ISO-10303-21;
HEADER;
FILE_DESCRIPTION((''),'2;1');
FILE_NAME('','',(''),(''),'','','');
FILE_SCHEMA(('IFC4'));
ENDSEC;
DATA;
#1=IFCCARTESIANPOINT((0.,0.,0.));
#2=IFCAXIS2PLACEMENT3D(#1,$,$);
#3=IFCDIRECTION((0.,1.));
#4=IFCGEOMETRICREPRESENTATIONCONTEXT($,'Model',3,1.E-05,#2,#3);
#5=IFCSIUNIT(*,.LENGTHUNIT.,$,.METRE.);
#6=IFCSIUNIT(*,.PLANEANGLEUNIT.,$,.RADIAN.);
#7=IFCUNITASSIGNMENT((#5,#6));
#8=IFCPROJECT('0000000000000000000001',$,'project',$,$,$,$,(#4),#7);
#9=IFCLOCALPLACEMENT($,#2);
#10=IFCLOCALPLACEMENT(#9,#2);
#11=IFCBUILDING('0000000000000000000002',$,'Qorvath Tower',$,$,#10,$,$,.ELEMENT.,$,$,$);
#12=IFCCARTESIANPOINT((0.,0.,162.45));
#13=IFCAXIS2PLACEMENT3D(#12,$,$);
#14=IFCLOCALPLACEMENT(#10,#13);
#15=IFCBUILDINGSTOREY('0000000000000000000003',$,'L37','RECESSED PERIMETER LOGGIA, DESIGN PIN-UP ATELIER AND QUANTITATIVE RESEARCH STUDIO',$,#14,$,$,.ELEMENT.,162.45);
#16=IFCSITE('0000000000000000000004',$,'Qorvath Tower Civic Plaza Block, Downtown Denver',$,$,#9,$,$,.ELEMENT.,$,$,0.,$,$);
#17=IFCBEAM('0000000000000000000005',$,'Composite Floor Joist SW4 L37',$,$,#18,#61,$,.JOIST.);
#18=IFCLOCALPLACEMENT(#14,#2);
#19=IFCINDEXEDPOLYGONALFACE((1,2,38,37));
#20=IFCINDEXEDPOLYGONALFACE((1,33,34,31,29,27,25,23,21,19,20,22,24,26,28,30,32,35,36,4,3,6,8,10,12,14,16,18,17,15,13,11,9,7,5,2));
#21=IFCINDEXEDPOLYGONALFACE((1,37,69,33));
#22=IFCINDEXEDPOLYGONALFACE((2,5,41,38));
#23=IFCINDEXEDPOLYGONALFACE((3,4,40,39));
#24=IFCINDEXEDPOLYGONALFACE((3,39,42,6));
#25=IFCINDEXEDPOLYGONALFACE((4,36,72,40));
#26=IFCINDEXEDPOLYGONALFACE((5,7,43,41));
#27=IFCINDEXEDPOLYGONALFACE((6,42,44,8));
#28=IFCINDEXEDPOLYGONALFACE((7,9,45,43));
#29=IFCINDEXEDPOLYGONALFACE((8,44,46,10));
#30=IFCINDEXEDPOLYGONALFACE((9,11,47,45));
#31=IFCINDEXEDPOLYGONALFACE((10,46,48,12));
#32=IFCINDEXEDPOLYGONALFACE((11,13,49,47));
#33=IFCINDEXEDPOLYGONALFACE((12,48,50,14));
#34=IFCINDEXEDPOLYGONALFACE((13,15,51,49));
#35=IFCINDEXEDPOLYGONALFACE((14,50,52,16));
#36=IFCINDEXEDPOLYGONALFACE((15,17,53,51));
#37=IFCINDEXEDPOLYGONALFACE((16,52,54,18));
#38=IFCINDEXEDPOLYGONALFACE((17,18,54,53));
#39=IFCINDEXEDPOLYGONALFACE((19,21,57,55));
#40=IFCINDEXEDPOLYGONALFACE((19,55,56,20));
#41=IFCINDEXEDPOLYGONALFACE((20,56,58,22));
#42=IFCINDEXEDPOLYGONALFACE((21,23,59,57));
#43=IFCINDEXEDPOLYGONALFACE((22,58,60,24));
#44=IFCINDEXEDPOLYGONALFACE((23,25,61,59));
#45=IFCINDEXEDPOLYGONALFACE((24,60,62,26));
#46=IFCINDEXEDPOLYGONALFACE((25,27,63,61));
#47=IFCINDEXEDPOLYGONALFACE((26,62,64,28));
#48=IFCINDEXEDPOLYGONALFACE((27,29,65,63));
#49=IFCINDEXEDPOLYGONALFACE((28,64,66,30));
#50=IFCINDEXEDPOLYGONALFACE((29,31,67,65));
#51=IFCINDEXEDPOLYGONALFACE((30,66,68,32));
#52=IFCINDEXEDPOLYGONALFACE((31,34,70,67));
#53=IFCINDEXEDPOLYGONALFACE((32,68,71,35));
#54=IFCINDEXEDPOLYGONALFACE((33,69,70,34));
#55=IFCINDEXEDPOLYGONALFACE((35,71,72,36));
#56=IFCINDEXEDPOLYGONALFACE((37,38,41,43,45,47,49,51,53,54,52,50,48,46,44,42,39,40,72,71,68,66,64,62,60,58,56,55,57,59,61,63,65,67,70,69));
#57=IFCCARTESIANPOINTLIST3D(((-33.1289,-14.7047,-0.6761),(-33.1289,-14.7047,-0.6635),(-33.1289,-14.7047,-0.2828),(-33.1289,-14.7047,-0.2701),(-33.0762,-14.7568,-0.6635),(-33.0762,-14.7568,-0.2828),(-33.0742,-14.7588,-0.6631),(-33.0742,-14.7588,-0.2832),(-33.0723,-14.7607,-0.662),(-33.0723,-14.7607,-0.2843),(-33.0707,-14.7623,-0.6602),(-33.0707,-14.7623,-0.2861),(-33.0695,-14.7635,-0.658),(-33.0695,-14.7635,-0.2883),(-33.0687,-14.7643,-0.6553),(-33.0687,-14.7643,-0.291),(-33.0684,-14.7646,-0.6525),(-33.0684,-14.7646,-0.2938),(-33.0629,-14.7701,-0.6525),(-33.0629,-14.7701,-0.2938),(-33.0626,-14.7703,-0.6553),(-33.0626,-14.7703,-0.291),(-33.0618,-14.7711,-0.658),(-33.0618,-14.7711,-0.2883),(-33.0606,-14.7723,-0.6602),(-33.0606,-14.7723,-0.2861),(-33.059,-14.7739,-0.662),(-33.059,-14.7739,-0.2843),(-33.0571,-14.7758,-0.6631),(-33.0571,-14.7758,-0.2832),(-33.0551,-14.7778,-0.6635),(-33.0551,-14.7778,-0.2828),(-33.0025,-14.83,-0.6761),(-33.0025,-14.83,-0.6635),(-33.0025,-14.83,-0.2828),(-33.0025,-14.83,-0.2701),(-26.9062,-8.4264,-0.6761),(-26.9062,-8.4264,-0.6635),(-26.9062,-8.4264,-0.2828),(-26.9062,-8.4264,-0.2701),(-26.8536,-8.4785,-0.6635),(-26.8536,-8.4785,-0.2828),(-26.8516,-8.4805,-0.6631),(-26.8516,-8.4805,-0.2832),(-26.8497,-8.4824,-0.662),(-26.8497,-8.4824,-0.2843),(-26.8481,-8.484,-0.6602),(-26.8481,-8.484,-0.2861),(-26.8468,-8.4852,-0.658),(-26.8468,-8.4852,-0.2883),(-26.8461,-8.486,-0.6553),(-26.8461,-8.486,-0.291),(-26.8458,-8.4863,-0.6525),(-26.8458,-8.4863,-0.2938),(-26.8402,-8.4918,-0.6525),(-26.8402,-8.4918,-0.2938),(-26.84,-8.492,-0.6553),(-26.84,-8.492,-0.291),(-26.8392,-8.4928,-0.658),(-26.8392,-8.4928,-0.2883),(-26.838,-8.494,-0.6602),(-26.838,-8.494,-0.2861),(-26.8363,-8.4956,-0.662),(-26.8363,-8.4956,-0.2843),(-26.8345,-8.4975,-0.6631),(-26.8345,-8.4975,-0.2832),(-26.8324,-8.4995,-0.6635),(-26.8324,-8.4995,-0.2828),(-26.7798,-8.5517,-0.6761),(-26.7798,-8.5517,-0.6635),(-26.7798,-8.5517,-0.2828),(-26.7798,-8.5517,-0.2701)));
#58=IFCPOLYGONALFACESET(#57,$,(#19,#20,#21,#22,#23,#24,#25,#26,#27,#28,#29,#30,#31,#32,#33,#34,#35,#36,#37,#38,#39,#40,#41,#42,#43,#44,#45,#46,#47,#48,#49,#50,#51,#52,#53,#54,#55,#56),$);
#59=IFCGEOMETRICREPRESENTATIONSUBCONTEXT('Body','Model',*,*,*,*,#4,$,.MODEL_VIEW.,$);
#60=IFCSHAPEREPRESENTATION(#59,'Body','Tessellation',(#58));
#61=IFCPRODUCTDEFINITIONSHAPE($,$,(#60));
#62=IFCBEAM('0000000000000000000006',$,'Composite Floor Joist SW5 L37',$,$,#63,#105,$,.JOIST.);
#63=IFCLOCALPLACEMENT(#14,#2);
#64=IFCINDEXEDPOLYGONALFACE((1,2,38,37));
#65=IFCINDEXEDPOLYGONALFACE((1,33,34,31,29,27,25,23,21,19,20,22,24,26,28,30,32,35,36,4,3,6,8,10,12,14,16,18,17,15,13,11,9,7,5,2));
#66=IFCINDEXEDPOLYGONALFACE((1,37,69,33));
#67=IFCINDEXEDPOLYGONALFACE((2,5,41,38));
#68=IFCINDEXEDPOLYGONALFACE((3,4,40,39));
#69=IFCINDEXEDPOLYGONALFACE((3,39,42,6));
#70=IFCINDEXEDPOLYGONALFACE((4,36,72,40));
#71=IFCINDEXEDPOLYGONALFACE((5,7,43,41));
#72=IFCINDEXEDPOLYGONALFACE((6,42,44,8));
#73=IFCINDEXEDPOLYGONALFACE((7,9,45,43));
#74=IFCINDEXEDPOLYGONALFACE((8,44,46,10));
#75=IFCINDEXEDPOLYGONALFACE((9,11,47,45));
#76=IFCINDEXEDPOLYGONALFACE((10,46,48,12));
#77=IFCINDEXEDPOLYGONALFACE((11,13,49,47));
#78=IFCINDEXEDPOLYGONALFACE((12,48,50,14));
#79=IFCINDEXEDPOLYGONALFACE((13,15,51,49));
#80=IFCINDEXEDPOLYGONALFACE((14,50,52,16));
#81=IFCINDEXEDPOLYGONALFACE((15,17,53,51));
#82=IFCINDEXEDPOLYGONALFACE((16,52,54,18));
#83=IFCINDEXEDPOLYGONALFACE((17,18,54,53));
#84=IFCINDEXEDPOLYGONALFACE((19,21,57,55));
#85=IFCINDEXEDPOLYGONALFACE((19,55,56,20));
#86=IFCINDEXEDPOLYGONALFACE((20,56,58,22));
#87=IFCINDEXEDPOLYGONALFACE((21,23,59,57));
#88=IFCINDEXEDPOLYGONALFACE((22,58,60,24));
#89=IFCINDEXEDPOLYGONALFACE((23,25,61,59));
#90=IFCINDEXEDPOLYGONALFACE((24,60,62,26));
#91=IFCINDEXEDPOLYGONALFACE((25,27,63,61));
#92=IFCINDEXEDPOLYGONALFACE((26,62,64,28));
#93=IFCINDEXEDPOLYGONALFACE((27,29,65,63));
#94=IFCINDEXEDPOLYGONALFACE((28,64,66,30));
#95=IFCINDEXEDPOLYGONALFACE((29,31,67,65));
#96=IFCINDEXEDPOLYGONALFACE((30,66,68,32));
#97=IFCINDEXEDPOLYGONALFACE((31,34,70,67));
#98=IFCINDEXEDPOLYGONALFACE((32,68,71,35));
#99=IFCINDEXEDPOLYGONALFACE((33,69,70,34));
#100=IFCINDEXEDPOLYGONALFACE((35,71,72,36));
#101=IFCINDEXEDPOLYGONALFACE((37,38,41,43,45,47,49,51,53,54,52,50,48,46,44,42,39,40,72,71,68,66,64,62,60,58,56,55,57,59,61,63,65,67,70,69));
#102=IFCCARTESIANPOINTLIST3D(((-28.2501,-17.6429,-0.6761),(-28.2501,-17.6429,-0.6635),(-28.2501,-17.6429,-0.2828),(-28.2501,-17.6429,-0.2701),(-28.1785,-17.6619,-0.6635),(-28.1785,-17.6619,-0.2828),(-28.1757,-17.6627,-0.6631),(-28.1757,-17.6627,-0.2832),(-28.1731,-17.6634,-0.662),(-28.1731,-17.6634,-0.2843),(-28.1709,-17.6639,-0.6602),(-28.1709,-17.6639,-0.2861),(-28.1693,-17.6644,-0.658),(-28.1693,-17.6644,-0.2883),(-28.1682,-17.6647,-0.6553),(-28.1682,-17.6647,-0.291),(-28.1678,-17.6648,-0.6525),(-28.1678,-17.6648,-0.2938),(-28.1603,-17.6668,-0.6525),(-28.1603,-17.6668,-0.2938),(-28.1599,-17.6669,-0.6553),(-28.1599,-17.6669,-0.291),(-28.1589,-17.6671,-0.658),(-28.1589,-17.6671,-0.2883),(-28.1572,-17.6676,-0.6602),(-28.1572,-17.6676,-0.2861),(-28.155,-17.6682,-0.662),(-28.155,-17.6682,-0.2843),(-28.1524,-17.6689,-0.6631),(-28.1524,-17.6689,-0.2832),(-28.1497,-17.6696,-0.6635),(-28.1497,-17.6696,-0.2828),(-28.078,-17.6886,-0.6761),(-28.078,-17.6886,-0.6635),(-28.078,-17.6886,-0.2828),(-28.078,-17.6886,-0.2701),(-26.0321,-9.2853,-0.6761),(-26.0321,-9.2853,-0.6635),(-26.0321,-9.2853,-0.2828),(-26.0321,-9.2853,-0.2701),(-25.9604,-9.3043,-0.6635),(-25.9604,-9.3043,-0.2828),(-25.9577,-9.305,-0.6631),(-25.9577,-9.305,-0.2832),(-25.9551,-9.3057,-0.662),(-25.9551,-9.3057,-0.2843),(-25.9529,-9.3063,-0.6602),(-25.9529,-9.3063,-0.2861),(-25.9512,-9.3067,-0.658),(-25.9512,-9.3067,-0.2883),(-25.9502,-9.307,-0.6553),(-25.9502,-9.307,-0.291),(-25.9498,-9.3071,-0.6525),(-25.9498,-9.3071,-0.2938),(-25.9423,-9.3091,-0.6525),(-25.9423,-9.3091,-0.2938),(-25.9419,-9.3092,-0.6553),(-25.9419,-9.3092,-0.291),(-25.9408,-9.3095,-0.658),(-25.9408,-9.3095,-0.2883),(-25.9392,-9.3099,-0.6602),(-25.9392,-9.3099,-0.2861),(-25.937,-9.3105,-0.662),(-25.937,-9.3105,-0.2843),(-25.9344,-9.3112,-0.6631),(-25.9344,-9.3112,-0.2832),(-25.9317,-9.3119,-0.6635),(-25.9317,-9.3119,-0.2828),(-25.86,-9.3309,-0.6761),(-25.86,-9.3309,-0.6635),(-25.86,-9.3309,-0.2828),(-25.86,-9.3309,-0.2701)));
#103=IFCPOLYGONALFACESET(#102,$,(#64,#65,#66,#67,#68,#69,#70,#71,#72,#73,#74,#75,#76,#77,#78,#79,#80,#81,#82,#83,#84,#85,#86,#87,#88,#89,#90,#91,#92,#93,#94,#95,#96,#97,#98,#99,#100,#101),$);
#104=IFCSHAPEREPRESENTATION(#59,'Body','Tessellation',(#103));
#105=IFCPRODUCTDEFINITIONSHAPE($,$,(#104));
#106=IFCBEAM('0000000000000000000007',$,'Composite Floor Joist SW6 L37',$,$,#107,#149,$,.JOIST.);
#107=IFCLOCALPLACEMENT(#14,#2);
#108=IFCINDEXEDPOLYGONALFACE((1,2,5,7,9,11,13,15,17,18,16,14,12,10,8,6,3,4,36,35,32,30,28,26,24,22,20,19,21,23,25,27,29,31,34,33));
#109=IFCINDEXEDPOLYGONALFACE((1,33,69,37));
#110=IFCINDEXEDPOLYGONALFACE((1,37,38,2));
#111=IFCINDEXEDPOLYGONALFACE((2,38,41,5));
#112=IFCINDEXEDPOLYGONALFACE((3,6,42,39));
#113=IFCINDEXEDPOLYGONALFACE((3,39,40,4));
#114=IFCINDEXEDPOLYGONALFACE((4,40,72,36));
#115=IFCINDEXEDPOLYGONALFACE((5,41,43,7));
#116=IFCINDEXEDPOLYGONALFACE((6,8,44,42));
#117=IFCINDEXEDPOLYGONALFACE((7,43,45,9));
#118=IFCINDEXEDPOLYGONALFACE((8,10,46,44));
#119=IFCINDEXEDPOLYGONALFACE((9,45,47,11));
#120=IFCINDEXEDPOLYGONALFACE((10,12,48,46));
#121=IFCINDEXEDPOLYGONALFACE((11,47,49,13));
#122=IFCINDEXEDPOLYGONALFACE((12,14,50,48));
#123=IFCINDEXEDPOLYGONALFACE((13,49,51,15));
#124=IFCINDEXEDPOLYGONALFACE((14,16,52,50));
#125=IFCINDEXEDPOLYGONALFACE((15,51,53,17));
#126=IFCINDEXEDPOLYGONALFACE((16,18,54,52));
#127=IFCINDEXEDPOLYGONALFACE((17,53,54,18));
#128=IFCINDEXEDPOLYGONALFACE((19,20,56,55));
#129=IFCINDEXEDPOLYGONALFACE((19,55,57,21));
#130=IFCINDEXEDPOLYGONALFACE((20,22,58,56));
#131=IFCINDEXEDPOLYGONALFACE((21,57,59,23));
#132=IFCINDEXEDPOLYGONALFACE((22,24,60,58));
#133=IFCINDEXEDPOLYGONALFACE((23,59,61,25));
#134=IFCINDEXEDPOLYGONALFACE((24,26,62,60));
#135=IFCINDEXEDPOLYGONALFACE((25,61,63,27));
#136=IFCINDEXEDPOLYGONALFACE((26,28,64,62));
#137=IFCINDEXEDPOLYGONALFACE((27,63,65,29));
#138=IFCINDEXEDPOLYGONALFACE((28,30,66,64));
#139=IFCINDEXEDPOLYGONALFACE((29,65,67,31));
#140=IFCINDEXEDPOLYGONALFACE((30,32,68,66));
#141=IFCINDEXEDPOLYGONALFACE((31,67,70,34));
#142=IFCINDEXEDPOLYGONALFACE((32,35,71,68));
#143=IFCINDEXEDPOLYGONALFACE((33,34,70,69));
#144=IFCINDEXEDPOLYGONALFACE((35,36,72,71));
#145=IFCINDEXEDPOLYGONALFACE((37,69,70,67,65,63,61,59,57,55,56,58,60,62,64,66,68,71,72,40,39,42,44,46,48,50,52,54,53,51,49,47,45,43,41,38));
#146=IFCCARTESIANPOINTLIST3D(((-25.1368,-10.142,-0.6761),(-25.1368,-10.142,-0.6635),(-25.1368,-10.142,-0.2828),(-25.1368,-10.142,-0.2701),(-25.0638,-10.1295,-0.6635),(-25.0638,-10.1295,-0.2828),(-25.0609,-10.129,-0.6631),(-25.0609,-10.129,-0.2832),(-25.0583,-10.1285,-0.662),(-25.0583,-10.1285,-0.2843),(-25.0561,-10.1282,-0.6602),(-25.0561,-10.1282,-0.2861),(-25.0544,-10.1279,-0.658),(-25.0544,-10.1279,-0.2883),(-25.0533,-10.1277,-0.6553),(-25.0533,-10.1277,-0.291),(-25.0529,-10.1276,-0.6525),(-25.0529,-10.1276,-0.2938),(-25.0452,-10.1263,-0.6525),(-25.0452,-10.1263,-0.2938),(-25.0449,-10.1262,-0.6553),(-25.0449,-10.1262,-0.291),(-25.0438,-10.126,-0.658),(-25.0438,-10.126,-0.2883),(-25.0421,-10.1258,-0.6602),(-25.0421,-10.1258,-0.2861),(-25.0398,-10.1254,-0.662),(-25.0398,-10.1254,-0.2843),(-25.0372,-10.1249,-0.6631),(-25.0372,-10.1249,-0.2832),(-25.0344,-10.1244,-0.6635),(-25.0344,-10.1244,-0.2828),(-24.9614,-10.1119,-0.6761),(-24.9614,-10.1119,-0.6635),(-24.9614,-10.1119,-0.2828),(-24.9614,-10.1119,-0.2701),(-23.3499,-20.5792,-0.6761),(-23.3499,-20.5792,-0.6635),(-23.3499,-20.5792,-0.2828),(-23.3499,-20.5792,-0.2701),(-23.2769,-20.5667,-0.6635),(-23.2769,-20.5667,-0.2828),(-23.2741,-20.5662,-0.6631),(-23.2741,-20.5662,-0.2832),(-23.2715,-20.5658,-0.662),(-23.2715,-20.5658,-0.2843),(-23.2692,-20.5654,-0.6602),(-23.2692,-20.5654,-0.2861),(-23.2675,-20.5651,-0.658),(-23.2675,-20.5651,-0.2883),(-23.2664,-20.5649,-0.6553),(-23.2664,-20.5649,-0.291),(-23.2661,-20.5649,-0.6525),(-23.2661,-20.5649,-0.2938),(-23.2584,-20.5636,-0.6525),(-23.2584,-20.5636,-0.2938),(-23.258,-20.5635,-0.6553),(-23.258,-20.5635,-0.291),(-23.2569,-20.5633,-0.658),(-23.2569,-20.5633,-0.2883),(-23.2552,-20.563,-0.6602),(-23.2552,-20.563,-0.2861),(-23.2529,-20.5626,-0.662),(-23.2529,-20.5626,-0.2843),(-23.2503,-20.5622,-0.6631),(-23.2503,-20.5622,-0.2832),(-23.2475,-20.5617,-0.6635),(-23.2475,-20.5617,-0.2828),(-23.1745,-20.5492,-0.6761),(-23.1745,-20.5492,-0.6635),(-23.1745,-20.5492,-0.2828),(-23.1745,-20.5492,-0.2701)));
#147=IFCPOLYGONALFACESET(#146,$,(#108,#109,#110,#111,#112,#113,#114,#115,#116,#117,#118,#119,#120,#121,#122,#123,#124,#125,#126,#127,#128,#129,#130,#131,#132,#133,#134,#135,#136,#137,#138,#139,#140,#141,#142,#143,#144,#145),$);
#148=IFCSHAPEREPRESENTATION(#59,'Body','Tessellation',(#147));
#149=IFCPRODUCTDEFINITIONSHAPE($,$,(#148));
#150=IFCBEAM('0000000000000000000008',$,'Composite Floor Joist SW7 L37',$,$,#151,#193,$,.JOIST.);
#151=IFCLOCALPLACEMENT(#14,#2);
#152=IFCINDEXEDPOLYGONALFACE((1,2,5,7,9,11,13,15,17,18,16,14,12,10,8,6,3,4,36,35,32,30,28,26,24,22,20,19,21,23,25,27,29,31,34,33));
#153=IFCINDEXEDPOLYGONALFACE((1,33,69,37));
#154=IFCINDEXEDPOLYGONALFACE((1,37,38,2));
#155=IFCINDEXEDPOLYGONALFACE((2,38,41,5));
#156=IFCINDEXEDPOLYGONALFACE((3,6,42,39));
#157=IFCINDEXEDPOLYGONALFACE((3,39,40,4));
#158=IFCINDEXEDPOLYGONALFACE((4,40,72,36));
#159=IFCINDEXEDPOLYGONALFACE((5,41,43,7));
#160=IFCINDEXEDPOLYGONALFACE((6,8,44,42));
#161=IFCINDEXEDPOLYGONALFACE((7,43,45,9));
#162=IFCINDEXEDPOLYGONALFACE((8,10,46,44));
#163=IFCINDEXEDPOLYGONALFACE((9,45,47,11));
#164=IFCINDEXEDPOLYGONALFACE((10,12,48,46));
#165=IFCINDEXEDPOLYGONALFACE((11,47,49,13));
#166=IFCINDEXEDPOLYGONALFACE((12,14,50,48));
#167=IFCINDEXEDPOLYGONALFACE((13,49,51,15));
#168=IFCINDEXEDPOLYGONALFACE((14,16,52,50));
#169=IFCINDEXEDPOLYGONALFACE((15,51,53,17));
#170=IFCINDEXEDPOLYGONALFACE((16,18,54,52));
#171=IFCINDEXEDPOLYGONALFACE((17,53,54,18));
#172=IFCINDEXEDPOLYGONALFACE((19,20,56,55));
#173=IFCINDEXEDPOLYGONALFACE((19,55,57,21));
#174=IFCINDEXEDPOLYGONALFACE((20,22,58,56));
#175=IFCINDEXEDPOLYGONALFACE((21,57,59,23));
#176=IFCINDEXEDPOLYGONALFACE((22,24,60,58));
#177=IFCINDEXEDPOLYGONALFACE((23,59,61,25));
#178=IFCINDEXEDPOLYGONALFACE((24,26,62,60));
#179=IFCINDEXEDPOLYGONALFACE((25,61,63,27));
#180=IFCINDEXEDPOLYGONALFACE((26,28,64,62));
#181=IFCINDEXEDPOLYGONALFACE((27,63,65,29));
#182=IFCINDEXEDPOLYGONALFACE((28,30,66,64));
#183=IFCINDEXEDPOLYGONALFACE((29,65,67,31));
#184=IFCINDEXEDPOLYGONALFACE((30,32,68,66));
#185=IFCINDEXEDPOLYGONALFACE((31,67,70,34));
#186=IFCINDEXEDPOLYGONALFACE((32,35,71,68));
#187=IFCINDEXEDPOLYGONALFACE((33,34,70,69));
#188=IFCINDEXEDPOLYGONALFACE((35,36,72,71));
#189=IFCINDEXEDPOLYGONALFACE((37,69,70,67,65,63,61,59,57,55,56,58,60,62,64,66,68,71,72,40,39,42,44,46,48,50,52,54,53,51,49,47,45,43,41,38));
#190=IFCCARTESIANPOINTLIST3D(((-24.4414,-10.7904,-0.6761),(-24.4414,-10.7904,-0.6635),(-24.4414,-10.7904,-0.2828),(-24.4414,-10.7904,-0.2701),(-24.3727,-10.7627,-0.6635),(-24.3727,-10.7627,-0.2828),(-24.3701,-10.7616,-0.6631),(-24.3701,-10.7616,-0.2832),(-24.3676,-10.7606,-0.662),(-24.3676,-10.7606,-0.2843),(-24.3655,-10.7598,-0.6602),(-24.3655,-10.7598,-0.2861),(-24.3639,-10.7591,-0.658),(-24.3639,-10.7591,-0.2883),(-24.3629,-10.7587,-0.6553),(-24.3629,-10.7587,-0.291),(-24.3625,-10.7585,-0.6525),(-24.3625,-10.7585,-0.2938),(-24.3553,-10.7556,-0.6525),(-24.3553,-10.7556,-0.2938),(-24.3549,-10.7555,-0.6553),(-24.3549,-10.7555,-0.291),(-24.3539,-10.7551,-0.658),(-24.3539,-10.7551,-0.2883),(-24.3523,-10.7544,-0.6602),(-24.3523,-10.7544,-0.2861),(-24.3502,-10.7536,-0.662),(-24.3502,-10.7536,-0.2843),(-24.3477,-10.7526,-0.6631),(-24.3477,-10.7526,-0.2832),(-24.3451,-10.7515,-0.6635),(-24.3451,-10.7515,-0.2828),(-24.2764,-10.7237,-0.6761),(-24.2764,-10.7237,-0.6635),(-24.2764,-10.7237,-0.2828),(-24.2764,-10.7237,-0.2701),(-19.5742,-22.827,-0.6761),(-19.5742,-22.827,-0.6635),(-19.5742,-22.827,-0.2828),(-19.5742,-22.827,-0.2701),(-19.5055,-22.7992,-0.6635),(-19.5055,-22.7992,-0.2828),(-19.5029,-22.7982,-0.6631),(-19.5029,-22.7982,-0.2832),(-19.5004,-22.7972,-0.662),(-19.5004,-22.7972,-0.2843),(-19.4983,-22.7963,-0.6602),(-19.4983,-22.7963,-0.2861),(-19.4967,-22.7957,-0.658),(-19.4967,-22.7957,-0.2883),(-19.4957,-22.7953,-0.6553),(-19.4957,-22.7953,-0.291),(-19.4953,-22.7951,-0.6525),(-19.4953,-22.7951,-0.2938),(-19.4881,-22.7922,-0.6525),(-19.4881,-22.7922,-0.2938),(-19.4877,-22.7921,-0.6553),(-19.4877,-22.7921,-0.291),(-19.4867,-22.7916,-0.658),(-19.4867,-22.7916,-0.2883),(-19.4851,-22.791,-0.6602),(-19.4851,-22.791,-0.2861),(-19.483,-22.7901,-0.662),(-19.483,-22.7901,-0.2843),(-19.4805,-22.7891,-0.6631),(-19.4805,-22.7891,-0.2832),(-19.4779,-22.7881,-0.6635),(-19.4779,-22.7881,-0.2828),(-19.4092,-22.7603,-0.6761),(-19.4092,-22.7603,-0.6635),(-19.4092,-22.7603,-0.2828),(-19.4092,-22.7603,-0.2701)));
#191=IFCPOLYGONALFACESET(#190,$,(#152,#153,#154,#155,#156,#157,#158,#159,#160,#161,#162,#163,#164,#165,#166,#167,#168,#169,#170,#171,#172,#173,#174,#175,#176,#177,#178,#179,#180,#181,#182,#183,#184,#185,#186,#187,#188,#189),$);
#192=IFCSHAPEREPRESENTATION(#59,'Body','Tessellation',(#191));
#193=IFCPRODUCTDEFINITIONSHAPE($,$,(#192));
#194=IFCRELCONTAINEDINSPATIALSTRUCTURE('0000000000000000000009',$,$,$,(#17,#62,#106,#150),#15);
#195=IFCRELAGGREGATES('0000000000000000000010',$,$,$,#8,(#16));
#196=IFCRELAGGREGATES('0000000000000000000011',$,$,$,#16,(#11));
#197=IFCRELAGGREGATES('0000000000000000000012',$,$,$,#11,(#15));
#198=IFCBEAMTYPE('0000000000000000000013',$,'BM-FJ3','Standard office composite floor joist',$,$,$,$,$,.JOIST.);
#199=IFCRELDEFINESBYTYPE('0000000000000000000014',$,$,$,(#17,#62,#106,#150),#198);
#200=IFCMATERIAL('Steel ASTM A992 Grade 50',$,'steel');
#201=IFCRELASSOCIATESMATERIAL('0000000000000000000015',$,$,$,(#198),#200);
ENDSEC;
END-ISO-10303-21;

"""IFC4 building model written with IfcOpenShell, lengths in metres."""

from ifc_helpers import new_model, si_unit, direction, frame, origin, origin_2d, place, context, subcontext, project, spatial, i_section, extrude, material, material_profile, profile_set, type_object, element, save


model = new_model("IFC4")

# Units and contexts
model_context = context("Model", 3, precision=1e-05, world=origin(), true_north=direction((0.0, 1.0)))
body_context = subcontext(model_context, "Body", "Model", "MODEL_VIEW")
ifc_project = project(units=[si_unit("LENGTHUNIT", "METRE"), si_unit("PLANEANGLEUNIT", "RADIAN")], contexts=[model_context])

# Site, building, storey
site_placement = place(None, origin())
site = spatial("IfcSite", under=ifc_project, at=site_placement, Name="Qorvath Tower Civic Plaza Block, Downtown Denver", CompositionType="ELEMENT", RefElevation=0.0)
building_placement = place(site_placement, origin())
building = spatial("IfcBuilding", under=site, at=building_placement, Name="Qorvath Tower", CompositionType="ELEMENT")
storey_placement = place(building_placement, frame((0.0, 0.0, 162.45)))
storey = spatial("IfcBuildingStorey", under=building, at=storey_placement, Name="L37", Description="RECESSED PERIMETER LOGGIA, DESIGN PIN-UP ATELIER AND QUANTITATIVE RESEARCH STUDIO", CompositionType="ELEMENT", Elevation=162.45)

# Beams
ifc_material_1 = material(Name="Steel ASTM A992 Grade 50", Category="steel")
ifc_material_profile_1 = material_profile(ifc_material_1, i_section(OverallWidth=0.178, OverallDepth=0.406, WebThickness=0.0078, FlangeThickness=0.0127, FilletRadius=0.011, at=origin_2d()), Name="W16x40")
ifc_profile_set_1 = profile_set([ifc_material_profile_1], Name="Steel ASTM A992 Grade 50")
beam_type_1 = type_object("IfcBeamType", Name="BM-FJ3", Description="Standard office composite floor joist", PredefinedType="JOIST", material=ifc_profile_set_1)
beam_1_placement = place(storey_placement, frame((-26.843, -8.489, -0.4731), z_axis=(-0.703951, -0.710248, 0.0), x_axis=(0.710248, -0.703951, 0.0)))
element("IfcBeam", 1, at=beam_1_placement, inside=storey, type_object=beam_type_1, Name="Composite Floor Joist SW4 L37", PredefinedType="JOIST", context=body_context, shape_type="SweptSolid", body=[
    extrude(i_section(OverallWidth=0.178, OverallDepth=0.406, WebThickness=0.0078, FlangeThickness=0.0127, FilletRadius=0.011, at=origin_2d()), origin(), (0.0, 0.0, 1.0), 8.8396),
])
beam_2_placement = place(storey_placement, frame((-25.946, -9.3081, -0.4731), z_axis=(-0.256508, -0.966542, 0.0), x_axis=(0.966542, -0.256508, 0.0)))
element("IfcBeam", 2, at=beam_2_placement, inside=storey, type_object=beam_type_1, Name="Composite Floor Joist SW5 L37", PredefinedType="JOIST", context=body_context, shape_type="SweptSolid", body=[
    extrude(i_section(OverallWidth=0.178, OverallDepth=0.406, WebThickness=0.0078, FlangeThickness=0.0127, FilletRadius=0.011, at=origin_2d()), origin(), (0.0, 0.0, 1.0), 8.647),
])
beam_3_placement = place(storey_placement, frame((-25.0491, -10.127, -0.4731), z_axis=(0.168746, -0.98566, 0.0), x_axis=(0.98566, 0.168746, 0.0)))
element("IfcBeam", 3, at=beam_3_placement, inside=storey, type_object=beam_type_1, Name="Composite Floor Joist SW6 L37", PredefinedType="JOIST", context=body_context, shape_type="SweptSolid", body=[
    extrude(i_section(OverallWidth=0.178, OverallDepth=0.406, WebThickness=0.0078, FlangeThickness=0.0127, FilletRadius=0.011, at=origin_2d()), origin(), (0.0, 0.0, 1.0), 10.5891),
])
beam_4_placement = place(storey_placement, frame((-24.3589, -10.7571, -0.4731), z_axis=(0.374877, -0.927075, 0.0), x_axis=(0.927075, 0.374877, 0.0)))
element("IfcBeam", 4, at=beam_4_placement, inside=storey, type_object=beam_type_1, Name="Composite Floor Joist SW7 L37", PredefinedType="JOIST", context=body_context, shape_type="SweptSolid", body=[
    extrude(i_section(OverallWidth=0.178, OverallDepth=0.406, WebThickness=0.0078, FlangeThickness=0.0127, FilletRadius=0.011, at=origin_2d()), origin(), (0.0, 0.0, 1.0), 12.9834),
])

save(model, "model.ifc")
